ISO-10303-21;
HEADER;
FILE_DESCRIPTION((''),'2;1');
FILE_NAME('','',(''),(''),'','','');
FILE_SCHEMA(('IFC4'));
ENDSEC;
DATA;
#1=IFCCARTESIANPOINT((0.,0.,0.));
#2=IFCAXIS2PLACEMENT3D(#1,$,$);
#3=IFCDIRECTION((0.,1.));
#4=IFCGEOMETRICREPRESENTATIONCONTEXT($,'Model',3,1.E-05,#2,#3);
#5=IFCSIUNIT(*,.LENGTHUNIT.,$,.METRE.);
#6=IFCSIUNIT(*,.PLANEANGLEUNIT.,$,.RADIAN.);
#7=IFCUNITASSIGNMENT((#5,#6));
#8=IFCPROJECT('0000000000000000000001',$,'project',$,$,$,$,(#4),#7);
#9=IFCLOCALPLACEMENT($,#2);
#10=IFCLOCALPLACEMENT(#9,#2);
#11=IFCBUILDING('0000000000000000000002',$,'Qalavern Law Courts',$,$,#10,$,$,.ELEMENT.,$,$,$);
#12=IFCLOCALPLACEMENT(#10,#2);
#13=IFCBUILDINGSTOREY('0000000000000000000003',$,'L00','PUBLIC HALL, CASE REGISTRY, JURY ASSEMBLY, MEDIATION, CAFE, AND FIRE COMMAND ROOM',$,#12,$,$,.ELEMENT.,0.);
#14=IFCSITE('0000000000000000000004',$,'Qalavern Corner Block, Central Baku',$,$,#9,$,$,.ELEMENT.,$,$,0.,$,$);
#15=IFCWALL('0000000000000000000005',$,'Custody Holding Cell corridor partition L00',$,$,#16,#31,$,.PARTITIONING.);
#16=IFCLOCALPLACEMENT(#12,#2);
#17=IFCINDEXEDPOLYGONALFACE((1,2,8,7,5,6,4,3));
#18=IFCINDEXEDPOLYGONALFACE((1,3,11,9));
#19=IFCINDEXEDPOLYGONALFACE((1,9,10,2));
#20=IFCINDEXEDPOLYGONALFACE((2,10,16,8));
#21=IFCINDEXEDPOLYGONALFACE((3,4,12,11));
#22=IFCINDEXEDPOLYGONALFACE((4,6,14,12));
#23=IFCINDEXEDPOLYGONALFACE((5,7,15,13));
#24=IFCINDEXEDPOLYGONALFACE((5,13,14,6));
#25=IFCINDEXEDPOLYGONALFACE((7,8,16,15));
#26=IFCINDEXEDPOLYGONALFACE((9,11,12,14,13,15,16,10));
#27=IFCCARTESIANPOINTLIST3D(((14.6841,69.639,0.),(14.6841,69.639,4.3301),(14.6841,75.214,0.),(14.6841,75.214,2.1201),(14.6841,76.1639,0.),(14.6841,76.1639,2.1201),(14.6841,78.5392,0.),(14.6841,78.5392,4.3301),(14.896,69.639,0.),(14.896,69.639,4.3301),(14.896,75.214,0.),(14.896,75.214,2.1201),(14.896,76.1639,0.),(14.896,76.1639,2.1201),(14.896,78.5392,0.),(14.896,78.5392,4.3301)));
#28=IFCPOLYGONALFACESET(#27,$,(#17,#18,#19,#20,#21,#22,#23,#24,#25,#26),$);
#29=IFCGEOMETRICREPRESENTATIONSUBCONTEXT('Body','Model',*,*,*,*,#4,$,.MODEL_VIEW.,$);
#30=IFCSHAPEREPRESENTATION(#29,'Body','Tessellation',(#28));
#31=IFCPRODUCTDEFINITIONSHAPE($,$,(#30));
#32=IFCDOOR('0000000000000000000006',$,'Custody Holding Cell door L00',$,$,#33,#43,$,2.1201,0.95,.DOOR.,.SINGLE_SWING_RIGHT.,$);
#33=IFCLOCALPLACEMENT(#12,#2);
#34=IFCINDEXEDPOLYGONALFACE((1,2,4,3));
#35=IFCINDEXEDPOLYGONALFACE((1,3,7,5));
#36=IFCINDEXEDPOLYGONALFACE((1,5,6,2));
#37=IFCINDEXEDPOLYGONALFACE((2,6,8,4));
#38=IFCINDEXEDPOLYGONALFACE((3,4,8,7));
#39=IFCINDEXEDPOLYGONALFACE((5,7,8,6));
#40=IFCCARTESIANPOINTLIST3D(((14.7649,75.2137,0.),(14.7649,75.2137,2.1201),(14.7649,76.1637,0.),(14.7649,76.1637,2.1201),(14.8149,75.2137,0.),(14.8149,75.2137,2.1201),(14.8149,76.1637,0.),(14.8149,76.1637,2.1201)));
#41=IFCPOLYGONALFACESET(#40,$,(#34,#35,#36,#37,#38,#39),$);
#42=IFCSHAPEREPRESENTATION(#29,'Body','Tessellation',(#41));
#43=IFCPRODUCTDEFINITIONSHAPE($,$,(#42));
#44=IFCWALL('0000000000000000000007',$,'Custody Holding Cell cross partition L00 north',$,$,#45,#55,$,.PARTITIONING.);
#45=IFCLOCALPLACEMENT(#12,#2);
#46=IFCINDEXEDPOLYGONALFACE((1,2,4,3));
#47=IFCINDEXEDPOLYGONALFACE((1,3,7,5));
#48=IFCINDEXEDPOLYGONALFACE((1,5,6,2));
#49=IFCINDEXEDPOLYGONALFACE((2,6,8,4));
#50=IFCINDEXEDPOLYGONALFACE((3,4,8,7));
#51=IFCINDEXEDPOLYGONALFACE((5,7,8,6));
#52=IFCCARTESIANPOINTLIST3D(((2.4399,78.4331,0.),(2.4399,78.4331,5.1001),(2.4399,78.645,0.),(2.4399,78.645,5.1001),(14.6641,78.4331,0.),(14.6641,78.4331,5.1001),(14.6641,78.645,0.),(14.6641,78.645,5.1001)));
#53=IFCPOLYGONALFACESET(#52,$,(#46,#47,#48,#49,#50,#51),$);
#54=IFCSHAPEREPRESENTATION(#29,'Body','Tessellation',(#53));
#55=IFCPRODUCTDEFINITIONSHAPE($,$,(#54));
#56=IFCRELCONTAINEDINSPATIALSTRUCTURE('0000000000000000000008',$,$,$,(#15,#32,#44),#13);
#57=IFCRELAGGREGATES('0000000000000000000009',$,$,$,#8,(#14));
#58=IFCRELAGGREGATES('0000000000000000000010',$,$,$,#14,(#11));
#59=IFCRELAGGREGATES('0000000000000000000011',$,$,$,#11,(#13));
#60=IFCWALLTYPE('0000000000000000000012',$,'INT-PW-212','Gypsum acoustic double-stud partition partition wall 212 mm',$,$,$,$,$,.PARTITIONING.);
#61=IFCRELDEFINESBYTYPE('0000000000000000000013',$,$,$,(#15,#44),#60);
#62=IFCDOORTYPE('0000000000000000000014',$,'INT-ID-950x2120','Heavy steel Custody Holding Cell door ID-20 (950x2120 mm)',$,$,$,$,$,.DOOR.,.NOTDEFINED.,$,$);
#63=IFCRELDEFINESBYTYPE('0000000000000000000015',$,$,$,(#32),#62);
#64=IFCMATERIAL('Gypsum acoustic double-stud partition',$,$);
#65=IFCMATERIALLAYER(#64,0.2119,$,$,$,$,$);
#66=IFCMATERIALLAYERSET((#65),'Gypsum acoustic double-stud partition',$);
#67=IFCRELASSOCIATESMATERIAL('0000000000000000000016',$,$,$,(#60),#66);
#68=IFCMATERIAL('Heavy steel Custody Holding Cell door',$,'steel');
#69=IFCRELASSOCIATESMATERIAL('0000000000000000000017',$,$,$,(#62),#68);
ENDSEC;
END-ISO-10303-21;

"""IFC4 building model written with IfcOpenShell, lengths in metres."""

from ifc_helpers import new_model, si_unit, direction, frame, frame_2d, origin, place, context, subcontext, project, spatial, rectangle, extrude, material, layer, layer_set, type_object, element, fill, save


model = new_model("IFC4")

# Units and contexts
model_context = context("Model", 3, precision=1e-05, world=origin(), true_north=direction((0.0, 1.0)))
body_context = subcontext(model_context, "Body", "Model", "MODEL_VIEW")
ifc_project = project(units=[si_unit("LENGTHUNIT", "METRE"), si_unit("PLANEANGLEUNIT", "RADIAN")], contexts=[model_context])

# Site, building, storey
site_placement = place(None, origin())
site = spatial("IfcSite", under=ifc_project, at=site_placement, Name="Qalavern Corner Block, Central Baku", CompositionType="ELEMENT", RefElevation=0.0)
building_placement = place(site_placement, origin())
building = spatial("IfcBuilding", under=site, at=building_placement, Name="Qalavern Law Courts", CompositionType="ELEMENT")
storey_placement = place(building_placement, origin())
storey = spatial("IfcBuildingStorey", under=building, at=storey_placement, Name="L00", Description="PUBLIC HALL, CASE REGISTRY, JURY ASSEMBLY, MEDIATION, CAFE, AND FIRE COMMAND ROOM", CompositionType="ELEMENT", Elevation=0.0)

# Wall, opening, door
ifc_material_1 = material(Name="Gypsum acoustic double-stud partition")
ifc_layer_1 = layer(ifc_material_1, 0.2119)
ifc_layer_set_1 = layer_set([ifc_layer_1], Name="Gypsum acoustic double-stud partition")
wall_type_1 = type_object("IfcWallType", Name="INT-PW-212", Description="Gypsum acoustic double-stud partition partition wall 212 mm", PredefinedType="PARTITIONING", material=ifc_layer_set_1)
wall_1_placement = place(storey_placement, frame((14.79, 69.6389, 0.0), z_axis=(0.0, 0.0, 1.0), x_axis=(0.0, 1.0, 0.0)))
wall_1 = element("IfcWall", 1, at=wall_1_placement, inside=storey, type_object=wall_type_1, Name="Custody Holding Cell corridor partition L00", PredefinedType="PARTITIONING", context=body_context, shape_type="SweptSolid", body=[
    extrude(rectangle(XDim=8.9001, YDim=0.2119, at=frame_2d((4.4502, 0.0))), origin(), (0.0, 0.0, 1.0), 4.3301),
])
opening_1_placement = place(wall_1_placement, frame((5.575, 0.0, 0.0)))
opening_1 = element("IfcOpeningElement", 2, at=opening_1_placement, cuts=wall_1, PredefinedType="OPENING", context=body_context, shape_type="SweptSolid", body=[
    extrude(rectangle(XDim=0.95, YDim=2.1201, at=frame_2d((0.4751, 1.0601))), frame((0.0, 0.1208, 0.0), z_axis=(0.0, -1.0, 0.0), x_axis=(1.0, 0.0, 0.0)), (0.0, 0.0, 1.0), 0.2417),
])
ifc_material_2 = material(Name="Heavy steel Custody Holding Cell door", Category="steel")
door_type_1 = type_object("IfcDoorType", Name="INT-ID-950x2120", Description="Heavy steel Custody Holding Cell door ID-20 (950x2120 mm)", OperationType="NOTDEFINED", PredefinedType="DOOR", material=ifc_material_2)
door_1_placement = place(opening_1_placement, frame((0.95, 0.0, 0.0), z_axis=(0.0, 0.0, 1.0), x_axis=(-1.0, 0.0, 0.0)))
door_1 = element("IfcDoor", 3, at=door_1_placement, inside=storey, type_object=door_type_1, Name="Custody Holding Cell door L00", OperationType="SINGLE_SWING_RIGHT", OverallHeight=2.1201, OverallWidth=0.95, PredefinedType="DOOR", context=body_context, shape_type="SweptSolid", body=[
    extrude(rectangle(XDim=0.95, YDim=2.1201, at=frame_2d((0.4751, 1.0601))), frame((0.0, 0.0249, 0.0), z_axis=(0.0, -1.0, 0.0), x_axis=(1.0, 0.0, 0.0)), (0.0, 0.0, 1.0), 0.05),
])
fill(opening_1, door_1)

# Wall
wall_2_placement = place(storey_placement, frame((2.4399, 78.5391, 0.0), z_axis=(0.0, 0.0, 1.0), x_axis=(1.0, 0.0, 0.0)))
element("IfcWall", 4, at=wall_2_placement, inside=storey, type_object=wall_type_1, Name="Custody Holding Cell cross partition L00 north", PredefinedType="PARTITIONING", context=body_context, shape_type="SweptSolid", body=[
    extrude(rectangle(XDim=12.2241, YDim=0.2119, at=frame_2d((6.1121, 0.0))), origin(), (0.0, 0.0, 1.0), 5.1001),
])

save(model, "model.ifc")
